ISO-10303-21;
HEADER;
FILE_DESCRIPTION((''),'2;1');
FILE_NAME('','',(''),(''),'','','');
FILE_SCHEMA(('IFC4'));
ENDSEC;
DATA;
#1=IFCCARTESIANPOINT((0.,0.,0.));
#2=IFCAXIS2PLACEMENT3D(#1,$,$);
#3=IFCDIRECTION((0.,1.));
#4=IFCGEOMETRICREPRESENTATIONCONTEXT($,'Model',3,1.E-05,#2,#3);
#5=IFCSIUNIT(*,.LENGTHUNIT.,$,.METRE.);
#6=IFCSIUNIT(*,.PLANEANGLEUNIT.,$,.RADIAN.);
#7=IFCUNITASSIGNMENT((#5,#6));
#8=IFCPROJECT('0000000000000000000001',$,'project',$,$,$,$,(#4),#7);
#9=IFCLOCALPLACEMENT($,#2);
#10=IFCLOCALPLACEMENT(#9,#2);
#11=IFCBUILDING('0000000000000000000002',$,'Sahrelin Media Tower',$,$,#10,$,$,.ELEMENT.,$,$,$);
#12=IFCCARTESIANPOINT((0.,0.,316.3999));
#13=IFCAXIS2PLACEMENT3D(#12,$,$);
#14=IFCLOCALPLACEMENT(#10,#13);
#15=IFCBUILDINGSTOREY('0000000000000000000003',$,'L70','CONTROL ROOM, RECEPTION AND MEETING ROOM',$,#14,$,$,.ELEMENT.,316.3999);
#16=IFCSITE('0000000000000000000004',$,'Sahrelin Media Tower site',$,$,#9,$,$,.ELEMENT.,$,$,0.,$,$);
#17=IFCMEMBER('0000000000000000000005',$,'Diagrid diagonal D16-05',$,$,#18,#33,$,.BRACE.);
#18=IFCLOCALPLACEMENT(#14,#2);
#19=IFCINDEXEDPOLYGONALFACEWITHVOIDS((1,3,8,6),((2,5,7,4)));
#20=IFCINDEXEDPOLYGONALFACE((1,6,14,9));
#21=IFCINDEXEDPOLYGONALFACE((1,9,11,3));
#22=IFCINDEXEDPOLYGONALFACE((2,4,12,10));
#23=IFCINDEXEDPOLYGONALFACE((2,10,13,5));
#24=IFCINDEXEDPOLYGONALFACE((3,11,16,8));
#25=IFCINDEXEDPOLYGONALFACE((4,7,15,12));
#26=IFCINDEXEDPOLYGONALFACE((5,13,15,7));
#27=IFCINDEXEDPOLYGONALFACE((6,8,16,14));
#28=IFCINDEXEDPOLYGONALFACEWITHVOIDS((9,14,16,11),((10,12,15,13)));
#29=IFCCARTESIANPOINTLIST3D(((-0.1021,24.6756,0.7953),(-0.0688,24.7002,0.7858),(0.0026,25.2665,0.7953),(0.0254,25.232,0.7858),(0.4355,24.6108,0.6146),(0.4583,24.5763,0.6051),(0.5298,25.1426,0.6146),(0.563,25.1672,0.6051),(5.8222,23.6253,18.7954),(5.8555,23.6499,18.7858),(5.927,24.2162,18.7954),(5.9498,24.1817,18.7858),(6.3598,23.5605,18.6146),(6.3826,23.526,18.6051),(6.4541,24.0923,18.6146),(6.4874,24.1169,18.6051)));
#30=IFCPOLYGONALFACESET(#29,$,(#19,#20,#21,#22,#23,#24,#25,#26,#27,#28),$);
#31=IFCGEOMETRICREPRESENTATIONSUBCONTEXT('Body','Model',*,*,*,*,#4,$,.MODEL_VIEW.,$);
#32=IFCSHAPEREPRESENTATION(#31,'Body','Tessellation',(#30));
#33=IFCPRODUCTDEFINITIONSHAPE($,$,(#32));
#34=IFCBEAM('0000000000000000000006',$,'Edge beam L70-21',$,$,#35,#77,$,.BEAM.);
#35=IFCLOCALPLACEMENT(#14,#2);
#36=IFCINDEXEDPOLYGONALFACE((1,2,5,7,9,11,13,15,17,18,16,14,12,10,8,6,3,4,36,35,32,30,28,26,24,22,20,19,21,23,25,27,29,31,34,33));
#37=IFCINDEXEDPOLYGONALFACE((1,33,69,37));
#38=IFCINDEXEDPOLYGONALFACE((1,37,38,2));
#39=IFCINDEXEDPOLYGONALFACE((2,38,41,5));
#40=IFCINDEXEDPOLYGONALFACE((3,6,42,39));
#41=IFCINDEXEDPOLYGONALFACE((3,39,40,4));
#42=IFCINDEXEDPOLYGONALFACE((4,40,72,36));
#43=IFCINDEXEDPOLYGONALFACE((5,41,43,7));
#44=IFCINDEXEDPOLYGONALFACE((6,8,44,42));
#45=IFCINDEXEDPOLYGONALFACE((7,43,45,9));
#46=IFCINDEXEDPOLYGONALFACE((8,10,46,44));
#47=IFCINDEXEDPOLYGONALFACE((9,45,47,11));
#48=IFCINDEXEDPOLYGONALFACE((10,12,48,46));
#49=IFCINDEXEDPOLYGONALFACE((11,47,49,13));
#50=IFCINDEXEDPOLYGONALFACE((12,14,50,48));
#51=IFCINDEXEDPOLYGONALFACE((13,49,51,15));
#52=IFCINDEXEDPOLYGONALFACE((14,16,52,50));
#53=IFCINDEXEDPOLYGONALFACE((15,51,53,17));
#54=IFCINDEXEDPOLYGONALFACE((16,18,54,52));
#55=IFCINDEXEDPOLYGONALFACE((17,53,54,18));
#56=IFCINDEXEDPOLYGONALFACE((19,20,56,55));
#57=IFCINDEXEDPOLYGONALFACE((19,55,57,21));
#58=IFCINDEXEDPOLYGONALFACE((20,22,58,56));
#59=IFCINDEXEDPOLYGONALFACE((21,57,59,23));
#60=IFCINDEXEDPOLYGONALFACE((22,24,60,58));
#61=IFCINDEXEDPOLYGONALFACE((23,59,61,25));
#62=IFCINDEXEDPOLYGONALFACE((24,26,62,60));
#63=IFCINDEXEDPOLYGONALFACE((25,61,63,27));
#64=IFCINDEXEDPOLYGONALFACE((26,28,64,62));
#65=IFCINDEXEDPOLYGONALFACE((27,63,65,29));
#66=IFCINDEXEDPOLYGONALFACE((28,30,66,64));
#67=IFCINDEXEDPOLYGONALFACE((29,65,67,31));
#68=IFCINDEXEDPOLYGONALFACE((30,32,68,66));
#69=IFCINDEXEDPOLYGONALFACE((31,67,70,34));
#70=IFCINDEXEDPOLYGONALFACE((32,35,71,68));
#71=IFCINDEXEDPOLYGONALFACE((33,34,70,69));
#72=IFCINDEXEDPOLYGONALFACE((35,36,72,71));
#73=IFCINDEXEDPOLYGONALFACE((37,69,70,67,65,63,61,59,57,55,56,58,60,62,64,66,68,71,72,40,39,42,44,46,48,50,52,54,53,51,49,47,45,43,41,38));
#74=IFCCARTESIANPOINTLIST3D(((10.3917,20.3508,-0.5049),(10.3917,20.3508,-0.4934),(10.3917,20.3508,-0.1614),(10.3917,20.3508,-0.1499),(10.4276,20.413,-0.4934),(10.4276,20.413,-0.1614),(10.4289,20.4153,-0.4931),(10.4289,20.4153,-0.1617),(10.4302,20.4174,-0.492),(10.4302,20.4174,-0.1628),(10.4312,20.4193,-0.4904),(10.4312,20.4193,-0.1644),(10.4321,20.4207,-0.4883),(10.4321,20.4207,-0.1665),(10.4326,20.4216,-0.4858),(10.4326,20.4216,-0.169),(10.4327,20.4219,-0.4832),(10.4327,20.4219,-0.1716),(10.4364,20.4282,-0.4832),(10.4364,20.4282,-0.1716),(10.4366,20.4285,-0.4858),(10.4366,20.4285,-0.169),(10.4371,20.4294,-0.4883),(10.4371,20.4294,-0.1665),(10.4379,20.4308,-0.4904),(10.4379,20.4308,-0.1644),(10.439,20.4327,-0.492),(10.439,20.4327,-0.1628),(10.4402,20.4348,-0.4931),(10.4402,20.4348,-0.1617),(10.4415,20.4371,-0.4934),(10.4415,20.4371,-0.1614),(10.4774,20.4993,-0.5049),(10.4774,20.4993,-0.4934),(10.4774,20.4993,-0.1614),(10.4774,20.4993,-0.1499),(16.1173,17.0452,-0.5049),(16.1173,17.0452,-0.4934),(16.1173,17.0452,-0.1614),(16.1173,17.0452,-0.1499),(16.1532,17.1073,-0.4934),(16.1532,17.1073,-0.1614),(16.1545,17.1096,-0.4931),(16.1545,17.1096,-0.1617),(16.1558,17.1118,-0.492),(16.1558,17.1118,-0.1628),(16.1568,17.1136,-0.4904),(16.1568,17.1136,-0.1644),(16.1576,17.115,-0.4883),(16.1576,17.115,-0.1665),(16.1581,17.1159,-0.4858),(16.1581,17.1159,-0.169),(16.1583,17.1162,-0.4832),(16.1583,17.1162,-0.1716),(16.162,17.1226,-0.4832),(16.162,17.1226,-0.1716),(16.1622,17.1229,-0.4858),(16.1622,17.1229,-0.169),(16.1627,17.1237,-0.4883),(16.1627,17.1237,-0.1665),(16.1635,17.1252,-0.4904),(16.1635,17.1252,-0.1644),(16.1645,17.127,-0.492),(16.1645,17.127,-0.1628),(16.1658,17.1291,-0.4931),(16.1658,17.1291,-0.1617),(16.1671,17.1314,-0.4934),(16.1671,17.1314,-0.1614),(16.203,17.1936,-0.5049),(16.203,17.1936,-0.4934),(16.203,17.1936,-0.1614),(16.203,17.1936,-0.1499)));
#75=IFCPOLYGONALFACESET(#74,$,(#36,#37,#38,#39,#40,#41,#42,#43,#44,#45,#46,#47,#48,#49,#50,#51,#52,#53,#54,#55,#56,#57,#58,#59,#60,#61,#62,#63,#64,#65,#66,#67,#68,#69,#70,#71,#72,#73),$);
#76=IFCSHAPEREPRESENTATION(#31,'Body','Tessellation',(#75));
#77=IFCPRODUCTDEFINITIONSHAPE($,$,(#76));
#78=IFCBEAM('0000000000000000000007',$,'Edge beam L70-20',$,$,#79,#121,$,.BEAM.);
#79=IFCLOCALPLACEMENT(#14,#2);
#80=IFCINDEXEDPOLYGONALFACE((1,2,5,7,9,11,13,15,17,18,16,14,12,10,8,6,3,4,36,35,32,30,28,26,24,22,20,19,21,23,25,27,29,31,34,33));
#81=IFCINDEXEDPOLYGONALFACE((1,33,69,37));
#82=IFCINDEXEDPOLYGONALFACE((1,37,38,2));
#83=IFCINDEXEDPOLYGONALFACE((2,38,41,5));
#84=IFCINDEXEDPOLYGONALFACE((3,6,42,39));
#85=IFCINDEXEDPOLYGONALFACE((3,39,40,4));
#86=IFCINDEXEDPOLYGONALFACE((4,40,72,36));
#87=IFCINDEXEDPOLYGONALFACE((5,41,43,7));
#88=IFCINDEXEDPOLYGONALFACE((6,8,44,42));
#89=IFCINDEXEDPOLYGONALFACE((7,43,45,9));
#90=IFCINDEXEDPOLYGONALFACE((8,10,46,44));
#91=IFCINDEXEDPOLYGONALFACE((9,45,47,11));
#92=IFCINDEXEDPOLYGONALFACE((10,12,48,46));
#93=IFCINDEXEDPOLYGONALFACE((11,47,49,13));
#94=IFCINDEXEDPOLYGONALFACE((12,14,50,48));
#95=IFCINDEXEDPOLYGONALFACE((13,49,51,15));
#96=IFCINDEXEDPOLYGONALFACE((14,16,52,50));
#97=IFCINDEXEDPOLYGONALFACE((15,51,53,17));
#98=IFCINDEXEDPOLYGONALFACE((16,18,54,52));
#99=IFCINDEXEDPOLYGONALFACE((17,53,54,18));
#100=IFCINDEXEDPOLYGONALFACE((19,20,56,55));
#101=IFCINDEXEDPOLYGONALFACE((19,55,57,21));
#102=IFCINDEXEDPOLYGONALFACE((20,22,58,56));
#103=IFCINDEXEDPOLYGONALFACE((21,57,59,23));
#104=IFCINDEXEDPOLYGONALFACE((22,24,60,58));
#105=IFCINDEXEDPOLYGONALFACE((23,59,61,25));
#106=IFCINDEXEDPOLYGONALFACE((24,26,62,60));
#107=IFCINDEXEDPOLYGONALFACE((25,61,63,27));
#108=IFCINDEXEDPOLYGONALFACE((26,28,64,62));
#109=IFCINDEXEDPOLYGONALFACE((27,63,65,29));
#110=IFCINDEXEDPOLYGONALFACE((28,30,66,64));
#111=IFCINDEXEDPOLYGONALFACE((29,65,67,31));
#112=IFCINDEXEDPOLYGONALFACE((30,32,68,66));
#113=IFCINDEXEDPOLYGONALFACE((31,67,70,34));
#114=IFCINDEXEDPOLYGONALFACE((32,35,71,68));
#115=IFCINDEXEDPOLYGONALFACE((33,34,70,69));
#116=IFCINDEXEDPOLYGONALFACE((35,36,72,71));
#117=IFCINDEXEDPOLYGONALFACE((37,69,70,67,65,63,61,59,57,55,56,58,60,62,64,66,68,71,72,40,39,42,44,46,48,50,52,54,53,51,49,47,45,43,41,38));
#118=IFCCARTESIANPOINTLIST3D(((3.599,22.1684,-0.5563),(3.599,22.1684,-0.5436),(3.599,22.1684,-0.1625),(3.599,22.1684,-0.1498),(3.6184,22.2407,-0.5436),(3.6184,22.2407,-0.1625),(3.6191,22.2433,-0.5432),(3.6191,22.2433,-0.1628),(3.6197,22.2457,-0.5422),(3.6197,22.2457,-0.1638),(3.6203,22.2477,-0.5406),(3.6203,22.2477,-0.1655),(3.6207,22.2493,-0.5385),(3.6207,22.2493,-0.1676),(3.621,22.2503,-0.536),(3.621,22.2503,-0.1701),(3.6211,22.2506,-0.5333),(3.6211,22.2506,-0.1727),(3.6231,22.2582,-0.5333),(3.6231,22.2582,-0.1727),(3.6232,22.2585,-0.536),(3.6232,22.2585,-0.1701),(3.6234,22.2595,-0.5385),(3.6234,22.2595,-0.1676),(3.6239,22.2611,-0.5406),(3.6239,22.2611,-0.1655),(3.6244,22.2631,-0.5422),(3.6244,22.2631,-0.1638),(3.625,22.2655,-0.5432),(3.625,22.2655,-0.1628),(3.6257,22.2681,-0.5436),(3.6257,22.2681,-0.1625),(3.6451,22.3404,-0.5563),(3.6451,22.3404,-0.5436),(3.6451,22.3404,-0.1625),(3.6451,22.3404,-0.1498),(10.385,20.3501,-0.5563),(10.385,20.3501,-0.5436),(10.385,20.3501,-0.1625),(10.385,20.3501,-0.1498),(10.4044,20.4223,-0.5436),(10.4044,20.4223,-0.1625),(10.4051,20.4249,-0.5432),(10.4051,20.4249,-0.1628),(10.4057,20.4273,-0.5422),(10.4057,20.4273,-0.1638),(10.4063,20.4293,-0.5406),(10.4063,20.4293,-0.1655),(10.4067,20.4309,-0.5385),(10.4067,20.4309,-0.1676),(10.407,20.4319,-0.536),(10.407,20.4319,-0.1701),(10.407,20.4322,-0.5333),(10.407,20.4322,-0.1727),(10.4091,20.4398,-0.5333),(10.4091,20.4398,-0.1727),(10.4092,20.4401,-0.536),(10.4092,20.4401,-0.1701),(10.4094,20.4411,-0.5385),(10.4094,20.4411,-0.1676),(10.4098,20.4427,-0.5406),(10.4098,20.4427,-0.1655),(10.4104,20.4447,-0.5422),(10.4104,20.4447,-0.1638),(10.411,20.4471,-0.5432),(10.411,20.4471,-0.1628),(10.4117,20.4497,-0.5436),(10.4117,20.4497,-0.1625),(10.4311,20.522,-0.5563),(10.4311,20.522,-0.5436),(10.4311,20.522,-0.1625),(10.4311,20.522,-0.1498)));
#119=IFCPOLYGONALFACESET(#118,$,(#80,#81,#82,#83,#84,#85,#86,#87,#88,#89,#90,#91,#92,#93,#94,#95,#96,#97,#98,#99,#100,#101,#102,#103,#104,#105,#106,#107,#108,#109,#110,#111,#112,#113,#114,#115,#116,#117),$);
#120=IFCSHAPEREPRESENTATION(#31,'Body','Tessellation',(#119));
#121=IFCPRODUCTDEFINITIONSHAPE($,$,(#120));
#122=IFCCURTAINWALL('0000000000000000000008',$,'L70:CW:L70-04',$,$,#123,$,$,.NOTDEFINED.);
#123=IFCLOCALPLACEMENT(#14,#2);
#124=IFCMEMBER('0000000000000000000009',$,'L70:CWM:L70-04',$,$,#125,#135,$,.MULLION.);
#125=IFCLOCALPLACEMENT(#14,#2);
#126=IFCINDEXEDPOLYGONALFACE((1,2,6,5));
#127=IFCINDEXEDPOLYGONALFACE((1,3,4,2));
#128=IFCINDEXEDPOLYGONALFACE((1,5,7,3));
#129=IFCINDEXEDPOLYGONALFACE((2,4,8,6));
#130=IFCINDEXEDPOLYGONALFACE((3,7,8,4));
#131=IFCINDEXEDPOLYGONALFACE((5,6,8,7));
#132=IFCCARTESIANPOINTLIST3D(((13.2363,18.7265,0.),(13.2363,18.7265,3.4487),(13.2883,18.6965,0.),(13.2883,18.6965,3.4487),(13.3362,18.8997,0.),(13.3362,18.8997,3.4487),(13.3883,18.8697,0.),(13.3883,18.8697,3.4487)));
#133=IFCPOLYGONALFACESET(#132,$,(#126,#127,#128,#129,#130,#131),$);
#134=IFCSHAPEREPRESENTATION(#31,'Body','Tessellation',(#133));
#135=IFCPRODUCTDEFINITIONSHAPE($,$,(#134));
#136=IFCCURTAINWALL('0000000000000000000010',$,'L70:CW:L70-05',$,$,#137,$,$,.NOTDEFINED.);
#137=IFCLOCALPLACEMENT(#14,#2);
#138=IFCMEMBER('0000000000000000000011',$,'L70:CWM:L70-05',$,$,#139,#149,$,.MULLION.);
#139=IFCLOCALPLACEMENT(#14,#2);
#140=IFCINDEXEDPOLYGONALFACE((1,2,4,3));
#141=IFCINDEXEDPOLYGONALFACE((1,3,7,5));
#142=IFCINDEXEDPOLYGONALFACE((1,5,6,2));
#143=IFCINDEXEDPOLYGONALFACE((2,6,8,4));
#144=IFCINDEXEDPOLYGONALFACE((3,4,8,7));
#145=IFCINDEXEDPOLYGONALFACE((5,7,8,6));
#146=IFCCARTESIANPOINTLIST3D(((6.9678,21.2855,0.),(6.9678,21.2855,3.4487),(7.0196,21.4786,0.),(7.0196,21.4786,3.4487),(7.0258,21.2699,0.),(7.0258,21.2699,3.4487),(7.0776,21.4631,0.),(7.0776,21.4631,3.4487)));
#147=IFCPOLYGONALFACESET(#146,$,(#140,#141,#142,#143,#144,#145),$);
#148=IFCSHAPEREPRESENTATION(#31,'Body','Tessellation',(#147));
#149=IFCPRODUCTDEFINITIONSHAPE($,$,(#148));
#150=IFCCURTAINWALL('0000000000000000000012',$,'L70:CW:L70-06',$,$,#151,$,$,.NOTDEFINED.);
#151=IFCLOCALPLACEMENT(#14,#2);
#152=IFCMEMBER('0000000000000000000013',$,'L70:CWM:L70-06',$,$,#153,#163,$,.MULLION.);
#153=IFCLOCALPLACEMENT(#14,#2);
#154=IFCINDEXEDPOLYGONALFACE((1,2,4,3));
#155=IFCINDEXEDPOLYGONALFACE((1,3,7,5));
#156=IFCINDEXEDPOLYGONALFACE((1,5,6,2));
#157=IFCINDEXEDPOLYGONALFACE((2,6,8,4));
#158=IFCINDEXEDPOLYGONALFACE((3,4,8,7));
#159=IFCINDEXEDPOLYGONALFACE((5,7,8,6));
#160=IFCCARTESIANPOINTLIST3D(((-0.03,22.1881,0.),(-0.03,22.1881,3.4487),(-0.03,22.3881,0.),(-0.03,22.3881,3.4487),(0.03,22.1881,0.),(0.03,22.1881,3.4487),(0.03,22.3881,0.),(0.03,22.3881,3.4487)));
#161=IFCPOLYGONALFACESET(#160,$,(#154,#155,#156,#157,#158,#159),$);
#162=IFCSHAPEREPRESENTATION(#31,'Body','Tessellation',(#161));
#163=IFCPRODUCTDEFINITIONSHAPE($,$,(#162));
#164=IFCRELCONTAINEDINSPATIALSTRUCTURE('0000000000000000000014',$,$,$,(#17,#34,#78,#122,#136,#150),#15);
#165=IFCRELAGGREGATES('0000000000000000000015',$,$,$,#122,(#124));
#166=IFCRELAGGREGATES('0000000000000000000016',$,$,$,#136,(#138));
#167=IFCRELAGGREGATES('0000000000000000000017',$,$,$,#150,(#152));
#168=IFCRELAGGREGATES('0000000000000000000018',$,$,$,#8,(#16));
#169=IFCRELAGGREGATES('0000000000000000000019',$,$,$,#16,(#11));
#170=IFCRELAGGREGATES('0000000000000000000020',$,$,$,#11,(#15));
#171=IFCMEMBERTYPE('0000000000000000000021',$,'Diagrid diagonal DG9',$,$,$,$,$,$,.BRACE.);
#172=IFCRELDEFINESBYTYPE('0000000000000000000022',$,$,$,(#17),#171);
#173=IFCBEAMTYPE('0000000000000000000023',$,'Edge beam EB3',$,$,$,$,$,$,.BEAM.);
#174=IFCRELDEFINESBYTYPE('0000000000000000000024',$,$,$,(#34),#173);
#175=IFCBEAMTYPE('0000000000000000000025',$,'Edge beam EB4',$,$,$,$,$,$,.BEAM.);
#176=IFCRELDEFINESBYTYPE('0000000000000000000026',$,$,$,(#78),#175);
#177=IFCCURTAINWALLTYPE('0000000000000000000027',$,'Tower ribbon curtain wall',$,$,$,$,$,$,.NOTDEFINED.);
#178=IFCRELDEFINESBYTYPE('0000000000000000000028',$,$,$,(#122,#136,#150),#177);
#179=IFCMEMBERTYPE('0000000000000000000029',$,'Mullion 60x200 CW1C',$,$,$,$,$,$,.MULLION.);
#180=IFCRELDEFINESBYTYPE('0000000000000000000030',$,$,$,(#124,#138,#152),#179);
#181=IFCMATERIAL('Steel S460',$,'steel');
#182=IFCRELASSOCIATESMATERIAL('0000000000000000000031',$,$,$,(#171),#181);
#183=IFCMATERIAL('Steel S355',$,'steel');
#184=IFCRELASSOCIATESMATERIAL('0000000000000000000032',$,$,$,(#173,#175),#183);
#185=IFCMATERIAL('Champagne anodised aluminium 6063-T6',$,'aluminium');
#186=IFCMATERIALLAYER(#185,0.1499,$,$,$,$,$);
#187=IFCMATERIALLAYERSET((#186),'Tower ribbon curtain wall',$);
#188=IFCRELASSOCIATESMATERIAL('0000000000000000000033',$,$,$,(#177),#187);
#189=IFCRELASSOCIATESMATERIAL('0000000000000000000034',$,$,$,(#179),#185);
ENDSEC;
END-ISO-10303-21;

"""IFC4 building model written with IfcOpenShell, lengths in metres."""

from ifc_helpers import new_model, si_unit, direction, frame, origin, origin_2d, place, context, subcontext, project, spatial, rectangle, hollow_rectangle, i_section, extrude, material, layer, layer_set, material_profile, profile_set, type_object, element, aggregate, save


model = new_model("IFC4")

# Units and contexts
model_context = context("Model", 3, precision=1e-05, world=origin(), true_north=direction((0.0, 1.0)))
body_context = subcontext(model_context, "Body", "Model", "MODEL_VIEW")
ifc_project = project(units=[si_unit("LENGTHUNIT", "METRE"), si_unit("PLANEANGLEUNIT", "RADIAN")], contexts=[model_context])

# Site, building, storey
site_placement = place(None, origin())
site = spatial("IfcSite", under=ifc_project, at=site_placement, Name="Sahrelin Media Tower site", CompositionType="ELEMENT", RefElevation=0.0)
building_placement = place(site_placement, origin())
building = spatial("IfcBuilding", under=site, at=building_placement, Name="Sahrelin Media Tower", CompositionType="ELEMENT")
storey_placement = place(building_placement, frame((0.0, 0.0, 316.3999)))
storey = spatial("IfcBuildingStorey", under=building, at=storey_placement, Name="L70", Description="CONTROL ROOM, RECEPTION AND MEETING ROOM", CompositionType="ELEMENT", Elevation=316.3999)

# Member
ifc_material_1 = material(Name="Steel S460", Category="steel")
ifc_material_profile_1 = material_profile(ifc_material_1, hollow_rectangle(XDim=0.6001, YDim=0.6001, WallThickness=0.03, at=origin_2d()), Name="Diagrid diagonal DG9")
ifc_profile_set_1 = profile_set([ifc_material_profile_1], Name="Steel S460")
member_type_1 = type_object("IfcMemberType", Name="Diagrid diagonal DG9", PredefinedType="BRACE", material=ifc_profile_set_1)
member_1_placement = place(storey_placement, frame((0.2305, 24.9214, 0.7002), z_axis=(0.312152, -0.05534, 0.948419), x_axis=(0.174563, 0.984646, 0.0)))
element("IfcMember", 1, at=member_1_placement, inside=storey, type_object=member_type_1, Name="Diagrid diagonal D16-05", PredefinedType="BRACE", context=body_context, shape_type="SweptSolid", body=[
    extrude(hollow_rectangle(XDim=0.6001, YDim=0.6001, WallThickness=0.03, at=origin_2d()), origin(), (0.0, 0.0, 1.0), 18.979),
])

# Beams
ifc_material_2 = material(Name="Steel S355", Category="steel")
ifc_material_profile_2 = material_profile(ifc_material_2, i_section(OverallWidth=0.1714, OverallDepth=0.355, WebThickness=0.0073, FlangeThickness=0.0115, FilletRadius=0.0103, at=origin_2d()), Name="UB 356x171x51")
ifc_profile_set_2 = profile_set([ifc_material_profile_2], Name="Steel S355")
beam_type_1 = type_object("IfcBeamType", Name="Edge beam EB3", PredefinedType="BEAM", material=ifc_profile_set_2)
beam_1_placement = place(storey_placement, frame((10.4346, 20.425, -0.3274), z_axis=(0.866026, -0.499999, 0.0), x_axis=(0.499999, 0.866026, 0.0)))
element("IfcBeam", 2, at=beam_1_placement, inside=storey, type_object=beam_type_1, Name="Edge beam L70-21", PredefinedType="BEAM", context=body_context, shape_type="SweptSolid", body=[
    extrude(i_section(OverallWidth=0.1714, OverallDepth=0.355, WebThickness=0.0073, FlangeThickness=0.0115, FilletRadius=0.0103, at=origin_2d()), origin(), (0.0, 0.0, 1.0), 6.6113),
])
ifc_material_profile_3 = material_profile(ifc_material_2, i_section(OverallWidth=0.178, OverallDepth=0.4065, WebThickness=0.0078, FlangeThickness=0.0127, FilletRadius=0.0103, at=origin_2d()), Name="UB 406x178x60")
ifc_profile_set_3 = profile_set([ifc_material_profile_3], Name="Steel S355")
beam_type_2 = type_object("IfcBeamType", Name="Edge beam EB4", PredefinedType="BEAM", material=ifc_profile_set_3)
beam_2_placement = place(storey_placement, frame((3.6221, 22.2544, -0.353), z_axis=(0.965923, -0.25883, 0.0), x_axis=(0.25883, 0.965923, 0.0)))
element("IfcBeam", 3, at=beam_2_placement, inside=storey, type_object=beam_type_2, Name="Edge beam L70-20", PredefinedType="BEAM", context=body_context, shape_type="SweptSolid", body=[
    extrude(i_section(OverallWidth=0.178, OverallDepth=0.4065, WebThickness=0.0078, FlangeThickness=0.0127, FilletRadius=0.0103, at=origin_2d()), origin(), (0.0, 0.0, 1.0), 7.0254),
])

# Curtain walls, members
ifc_material_3 = material(Name="Champagne anodised aluminium 6063-T6", Category="aluminium")
ifc_layer_1 = layer(ifc_material_3, 0.1499)
ifc_layer_set_1 = layer_set([ifc_layer_1], Name="Tower ribbon curtain wall")
curtain_wall_type = type_object("IfcCurtainWallType", Name="Tower ribbon curtain wall", PredefinedType="NOTDEFINED", material=ifc_layer_set_1)
curtain_wall_1_placement = place(storey_placement, frame((13.3723, 18.9021, 0.0), z_axis=(0.0, 0.0, 1.0), x_axis=(1.0, 0.0, 0.0)))
curtain_wall_1 = element("IfcCurtainWall", 4, at=curtain_wall_1_placement, inside=storey, type_object=curtain_wall_type, Name="L70:CW:L70-04", PredefinedType="NOTDEFINED")
ifc_material_profile_4 = material_profile(ifc_material_3, rectangle(XDim=0.0601, YDim=0.2, at=origin_2d()), Name="Mullion 60x200")
ifc_profile_set_4 = profile_set([ifc_material_profile_4], Name="Champagne anodised aluminium 6063-T6")
member_type_2 = type_object("IfcMemberType", Name="Mullion 60x200 CW1C", PredefinedType="MULLION", material=ifc_profile_set_4)
member_2_placement = place(storey_placement, frame((13.3123, 18.7981, 0.0), z_axis=(0.0, 0.0, 1.0), x_axis=(-0.866024, 0.500003, 0.0)))
member_2 = element("IfcMember", 5, at=member_2_placement, type_object=member_type_2, Name="L70:CWM:L70-04", PredefinedType="MULLION", context=body_context, shape_type="SweptSolid", body=[
    extrude(rectangle(XDim=0.0601, YDim=0.2, at=origin_2d()), origin(), (0.0, 0.0, 1.0), 3.4487),
])
aggregate(curtain_wall_1, [member_2])
curtain_wall_2_placement = place(storey_placement, frame((7.0537, 21.49, 0.0), z_axis=(0.0, 0.0, 1.0), x_axis=(1.0, 0.0, 0.0)))
curtain_wall_2 = element("IfcCurtainWall", 6, at=curtain_wall_2_placement, inside=storey, type_object=curtain_wall_type, Name="L70:CW:L70-05", PredefinedType="NOTDEFINED")
member_3_placement = place(storey_placement, frame((7.0227, 21.3743, 0.0), z_axis=(0.0, 0.0, 1.0), x_axis=(-0.965926, 0.258817, 0.0)))
member_3 = element("IfcMember", 7, at=member_3_placement, type_object=member_type_2, Name="L70:CWM:L70-05", PredefinedType="MULLION", context=body_context, shape_type="SweptSolid", body=[
    extrude(rectangle(XDim=0.0601, YDim=0.2, at=origin_2d()), origin(), (0.0, 0.0, 1.0), 3.4487),
])
placement_1 = place(storey_placement, frame((0.0, 22.4082, 0.0), z_axis=(0.0, 0.0, 1.0), x_axis=(1.0, 0.0, 0.0)))
curtain_wall_3 = element("IfcCurtainWall", 8, at=placement_1, inside=storey, type_object=curtain_wall_type, Name="L70:CW:L70-06", PredefinedType="NOTDEFINED")
member_4_placement = place(storey_placement, frame((0.0, 22.2881, 0.0), z_axis=(0.0, 0.0, 1.0), x_axis=(-1.0, 0.0, 0.0)))
member_4 = element("IfcMember", 9, at=member_4_placement, type_object=member_type_2, Name="L70:CWM:L70-06", PredefinedType="MULLION", context=body_context, shape_type="SweptSolid", body=[
    extrude(rectangle(XDim=0.0601, YDim=0.2, at=origin_2d()), origin(), (0.0, 0.0, 1.0), 3.4487),
])

aggregate(curtain_wall_2, [member_3])
aggregate(curtain_wall_3, [member_4])

save(model, "model.ifc")
